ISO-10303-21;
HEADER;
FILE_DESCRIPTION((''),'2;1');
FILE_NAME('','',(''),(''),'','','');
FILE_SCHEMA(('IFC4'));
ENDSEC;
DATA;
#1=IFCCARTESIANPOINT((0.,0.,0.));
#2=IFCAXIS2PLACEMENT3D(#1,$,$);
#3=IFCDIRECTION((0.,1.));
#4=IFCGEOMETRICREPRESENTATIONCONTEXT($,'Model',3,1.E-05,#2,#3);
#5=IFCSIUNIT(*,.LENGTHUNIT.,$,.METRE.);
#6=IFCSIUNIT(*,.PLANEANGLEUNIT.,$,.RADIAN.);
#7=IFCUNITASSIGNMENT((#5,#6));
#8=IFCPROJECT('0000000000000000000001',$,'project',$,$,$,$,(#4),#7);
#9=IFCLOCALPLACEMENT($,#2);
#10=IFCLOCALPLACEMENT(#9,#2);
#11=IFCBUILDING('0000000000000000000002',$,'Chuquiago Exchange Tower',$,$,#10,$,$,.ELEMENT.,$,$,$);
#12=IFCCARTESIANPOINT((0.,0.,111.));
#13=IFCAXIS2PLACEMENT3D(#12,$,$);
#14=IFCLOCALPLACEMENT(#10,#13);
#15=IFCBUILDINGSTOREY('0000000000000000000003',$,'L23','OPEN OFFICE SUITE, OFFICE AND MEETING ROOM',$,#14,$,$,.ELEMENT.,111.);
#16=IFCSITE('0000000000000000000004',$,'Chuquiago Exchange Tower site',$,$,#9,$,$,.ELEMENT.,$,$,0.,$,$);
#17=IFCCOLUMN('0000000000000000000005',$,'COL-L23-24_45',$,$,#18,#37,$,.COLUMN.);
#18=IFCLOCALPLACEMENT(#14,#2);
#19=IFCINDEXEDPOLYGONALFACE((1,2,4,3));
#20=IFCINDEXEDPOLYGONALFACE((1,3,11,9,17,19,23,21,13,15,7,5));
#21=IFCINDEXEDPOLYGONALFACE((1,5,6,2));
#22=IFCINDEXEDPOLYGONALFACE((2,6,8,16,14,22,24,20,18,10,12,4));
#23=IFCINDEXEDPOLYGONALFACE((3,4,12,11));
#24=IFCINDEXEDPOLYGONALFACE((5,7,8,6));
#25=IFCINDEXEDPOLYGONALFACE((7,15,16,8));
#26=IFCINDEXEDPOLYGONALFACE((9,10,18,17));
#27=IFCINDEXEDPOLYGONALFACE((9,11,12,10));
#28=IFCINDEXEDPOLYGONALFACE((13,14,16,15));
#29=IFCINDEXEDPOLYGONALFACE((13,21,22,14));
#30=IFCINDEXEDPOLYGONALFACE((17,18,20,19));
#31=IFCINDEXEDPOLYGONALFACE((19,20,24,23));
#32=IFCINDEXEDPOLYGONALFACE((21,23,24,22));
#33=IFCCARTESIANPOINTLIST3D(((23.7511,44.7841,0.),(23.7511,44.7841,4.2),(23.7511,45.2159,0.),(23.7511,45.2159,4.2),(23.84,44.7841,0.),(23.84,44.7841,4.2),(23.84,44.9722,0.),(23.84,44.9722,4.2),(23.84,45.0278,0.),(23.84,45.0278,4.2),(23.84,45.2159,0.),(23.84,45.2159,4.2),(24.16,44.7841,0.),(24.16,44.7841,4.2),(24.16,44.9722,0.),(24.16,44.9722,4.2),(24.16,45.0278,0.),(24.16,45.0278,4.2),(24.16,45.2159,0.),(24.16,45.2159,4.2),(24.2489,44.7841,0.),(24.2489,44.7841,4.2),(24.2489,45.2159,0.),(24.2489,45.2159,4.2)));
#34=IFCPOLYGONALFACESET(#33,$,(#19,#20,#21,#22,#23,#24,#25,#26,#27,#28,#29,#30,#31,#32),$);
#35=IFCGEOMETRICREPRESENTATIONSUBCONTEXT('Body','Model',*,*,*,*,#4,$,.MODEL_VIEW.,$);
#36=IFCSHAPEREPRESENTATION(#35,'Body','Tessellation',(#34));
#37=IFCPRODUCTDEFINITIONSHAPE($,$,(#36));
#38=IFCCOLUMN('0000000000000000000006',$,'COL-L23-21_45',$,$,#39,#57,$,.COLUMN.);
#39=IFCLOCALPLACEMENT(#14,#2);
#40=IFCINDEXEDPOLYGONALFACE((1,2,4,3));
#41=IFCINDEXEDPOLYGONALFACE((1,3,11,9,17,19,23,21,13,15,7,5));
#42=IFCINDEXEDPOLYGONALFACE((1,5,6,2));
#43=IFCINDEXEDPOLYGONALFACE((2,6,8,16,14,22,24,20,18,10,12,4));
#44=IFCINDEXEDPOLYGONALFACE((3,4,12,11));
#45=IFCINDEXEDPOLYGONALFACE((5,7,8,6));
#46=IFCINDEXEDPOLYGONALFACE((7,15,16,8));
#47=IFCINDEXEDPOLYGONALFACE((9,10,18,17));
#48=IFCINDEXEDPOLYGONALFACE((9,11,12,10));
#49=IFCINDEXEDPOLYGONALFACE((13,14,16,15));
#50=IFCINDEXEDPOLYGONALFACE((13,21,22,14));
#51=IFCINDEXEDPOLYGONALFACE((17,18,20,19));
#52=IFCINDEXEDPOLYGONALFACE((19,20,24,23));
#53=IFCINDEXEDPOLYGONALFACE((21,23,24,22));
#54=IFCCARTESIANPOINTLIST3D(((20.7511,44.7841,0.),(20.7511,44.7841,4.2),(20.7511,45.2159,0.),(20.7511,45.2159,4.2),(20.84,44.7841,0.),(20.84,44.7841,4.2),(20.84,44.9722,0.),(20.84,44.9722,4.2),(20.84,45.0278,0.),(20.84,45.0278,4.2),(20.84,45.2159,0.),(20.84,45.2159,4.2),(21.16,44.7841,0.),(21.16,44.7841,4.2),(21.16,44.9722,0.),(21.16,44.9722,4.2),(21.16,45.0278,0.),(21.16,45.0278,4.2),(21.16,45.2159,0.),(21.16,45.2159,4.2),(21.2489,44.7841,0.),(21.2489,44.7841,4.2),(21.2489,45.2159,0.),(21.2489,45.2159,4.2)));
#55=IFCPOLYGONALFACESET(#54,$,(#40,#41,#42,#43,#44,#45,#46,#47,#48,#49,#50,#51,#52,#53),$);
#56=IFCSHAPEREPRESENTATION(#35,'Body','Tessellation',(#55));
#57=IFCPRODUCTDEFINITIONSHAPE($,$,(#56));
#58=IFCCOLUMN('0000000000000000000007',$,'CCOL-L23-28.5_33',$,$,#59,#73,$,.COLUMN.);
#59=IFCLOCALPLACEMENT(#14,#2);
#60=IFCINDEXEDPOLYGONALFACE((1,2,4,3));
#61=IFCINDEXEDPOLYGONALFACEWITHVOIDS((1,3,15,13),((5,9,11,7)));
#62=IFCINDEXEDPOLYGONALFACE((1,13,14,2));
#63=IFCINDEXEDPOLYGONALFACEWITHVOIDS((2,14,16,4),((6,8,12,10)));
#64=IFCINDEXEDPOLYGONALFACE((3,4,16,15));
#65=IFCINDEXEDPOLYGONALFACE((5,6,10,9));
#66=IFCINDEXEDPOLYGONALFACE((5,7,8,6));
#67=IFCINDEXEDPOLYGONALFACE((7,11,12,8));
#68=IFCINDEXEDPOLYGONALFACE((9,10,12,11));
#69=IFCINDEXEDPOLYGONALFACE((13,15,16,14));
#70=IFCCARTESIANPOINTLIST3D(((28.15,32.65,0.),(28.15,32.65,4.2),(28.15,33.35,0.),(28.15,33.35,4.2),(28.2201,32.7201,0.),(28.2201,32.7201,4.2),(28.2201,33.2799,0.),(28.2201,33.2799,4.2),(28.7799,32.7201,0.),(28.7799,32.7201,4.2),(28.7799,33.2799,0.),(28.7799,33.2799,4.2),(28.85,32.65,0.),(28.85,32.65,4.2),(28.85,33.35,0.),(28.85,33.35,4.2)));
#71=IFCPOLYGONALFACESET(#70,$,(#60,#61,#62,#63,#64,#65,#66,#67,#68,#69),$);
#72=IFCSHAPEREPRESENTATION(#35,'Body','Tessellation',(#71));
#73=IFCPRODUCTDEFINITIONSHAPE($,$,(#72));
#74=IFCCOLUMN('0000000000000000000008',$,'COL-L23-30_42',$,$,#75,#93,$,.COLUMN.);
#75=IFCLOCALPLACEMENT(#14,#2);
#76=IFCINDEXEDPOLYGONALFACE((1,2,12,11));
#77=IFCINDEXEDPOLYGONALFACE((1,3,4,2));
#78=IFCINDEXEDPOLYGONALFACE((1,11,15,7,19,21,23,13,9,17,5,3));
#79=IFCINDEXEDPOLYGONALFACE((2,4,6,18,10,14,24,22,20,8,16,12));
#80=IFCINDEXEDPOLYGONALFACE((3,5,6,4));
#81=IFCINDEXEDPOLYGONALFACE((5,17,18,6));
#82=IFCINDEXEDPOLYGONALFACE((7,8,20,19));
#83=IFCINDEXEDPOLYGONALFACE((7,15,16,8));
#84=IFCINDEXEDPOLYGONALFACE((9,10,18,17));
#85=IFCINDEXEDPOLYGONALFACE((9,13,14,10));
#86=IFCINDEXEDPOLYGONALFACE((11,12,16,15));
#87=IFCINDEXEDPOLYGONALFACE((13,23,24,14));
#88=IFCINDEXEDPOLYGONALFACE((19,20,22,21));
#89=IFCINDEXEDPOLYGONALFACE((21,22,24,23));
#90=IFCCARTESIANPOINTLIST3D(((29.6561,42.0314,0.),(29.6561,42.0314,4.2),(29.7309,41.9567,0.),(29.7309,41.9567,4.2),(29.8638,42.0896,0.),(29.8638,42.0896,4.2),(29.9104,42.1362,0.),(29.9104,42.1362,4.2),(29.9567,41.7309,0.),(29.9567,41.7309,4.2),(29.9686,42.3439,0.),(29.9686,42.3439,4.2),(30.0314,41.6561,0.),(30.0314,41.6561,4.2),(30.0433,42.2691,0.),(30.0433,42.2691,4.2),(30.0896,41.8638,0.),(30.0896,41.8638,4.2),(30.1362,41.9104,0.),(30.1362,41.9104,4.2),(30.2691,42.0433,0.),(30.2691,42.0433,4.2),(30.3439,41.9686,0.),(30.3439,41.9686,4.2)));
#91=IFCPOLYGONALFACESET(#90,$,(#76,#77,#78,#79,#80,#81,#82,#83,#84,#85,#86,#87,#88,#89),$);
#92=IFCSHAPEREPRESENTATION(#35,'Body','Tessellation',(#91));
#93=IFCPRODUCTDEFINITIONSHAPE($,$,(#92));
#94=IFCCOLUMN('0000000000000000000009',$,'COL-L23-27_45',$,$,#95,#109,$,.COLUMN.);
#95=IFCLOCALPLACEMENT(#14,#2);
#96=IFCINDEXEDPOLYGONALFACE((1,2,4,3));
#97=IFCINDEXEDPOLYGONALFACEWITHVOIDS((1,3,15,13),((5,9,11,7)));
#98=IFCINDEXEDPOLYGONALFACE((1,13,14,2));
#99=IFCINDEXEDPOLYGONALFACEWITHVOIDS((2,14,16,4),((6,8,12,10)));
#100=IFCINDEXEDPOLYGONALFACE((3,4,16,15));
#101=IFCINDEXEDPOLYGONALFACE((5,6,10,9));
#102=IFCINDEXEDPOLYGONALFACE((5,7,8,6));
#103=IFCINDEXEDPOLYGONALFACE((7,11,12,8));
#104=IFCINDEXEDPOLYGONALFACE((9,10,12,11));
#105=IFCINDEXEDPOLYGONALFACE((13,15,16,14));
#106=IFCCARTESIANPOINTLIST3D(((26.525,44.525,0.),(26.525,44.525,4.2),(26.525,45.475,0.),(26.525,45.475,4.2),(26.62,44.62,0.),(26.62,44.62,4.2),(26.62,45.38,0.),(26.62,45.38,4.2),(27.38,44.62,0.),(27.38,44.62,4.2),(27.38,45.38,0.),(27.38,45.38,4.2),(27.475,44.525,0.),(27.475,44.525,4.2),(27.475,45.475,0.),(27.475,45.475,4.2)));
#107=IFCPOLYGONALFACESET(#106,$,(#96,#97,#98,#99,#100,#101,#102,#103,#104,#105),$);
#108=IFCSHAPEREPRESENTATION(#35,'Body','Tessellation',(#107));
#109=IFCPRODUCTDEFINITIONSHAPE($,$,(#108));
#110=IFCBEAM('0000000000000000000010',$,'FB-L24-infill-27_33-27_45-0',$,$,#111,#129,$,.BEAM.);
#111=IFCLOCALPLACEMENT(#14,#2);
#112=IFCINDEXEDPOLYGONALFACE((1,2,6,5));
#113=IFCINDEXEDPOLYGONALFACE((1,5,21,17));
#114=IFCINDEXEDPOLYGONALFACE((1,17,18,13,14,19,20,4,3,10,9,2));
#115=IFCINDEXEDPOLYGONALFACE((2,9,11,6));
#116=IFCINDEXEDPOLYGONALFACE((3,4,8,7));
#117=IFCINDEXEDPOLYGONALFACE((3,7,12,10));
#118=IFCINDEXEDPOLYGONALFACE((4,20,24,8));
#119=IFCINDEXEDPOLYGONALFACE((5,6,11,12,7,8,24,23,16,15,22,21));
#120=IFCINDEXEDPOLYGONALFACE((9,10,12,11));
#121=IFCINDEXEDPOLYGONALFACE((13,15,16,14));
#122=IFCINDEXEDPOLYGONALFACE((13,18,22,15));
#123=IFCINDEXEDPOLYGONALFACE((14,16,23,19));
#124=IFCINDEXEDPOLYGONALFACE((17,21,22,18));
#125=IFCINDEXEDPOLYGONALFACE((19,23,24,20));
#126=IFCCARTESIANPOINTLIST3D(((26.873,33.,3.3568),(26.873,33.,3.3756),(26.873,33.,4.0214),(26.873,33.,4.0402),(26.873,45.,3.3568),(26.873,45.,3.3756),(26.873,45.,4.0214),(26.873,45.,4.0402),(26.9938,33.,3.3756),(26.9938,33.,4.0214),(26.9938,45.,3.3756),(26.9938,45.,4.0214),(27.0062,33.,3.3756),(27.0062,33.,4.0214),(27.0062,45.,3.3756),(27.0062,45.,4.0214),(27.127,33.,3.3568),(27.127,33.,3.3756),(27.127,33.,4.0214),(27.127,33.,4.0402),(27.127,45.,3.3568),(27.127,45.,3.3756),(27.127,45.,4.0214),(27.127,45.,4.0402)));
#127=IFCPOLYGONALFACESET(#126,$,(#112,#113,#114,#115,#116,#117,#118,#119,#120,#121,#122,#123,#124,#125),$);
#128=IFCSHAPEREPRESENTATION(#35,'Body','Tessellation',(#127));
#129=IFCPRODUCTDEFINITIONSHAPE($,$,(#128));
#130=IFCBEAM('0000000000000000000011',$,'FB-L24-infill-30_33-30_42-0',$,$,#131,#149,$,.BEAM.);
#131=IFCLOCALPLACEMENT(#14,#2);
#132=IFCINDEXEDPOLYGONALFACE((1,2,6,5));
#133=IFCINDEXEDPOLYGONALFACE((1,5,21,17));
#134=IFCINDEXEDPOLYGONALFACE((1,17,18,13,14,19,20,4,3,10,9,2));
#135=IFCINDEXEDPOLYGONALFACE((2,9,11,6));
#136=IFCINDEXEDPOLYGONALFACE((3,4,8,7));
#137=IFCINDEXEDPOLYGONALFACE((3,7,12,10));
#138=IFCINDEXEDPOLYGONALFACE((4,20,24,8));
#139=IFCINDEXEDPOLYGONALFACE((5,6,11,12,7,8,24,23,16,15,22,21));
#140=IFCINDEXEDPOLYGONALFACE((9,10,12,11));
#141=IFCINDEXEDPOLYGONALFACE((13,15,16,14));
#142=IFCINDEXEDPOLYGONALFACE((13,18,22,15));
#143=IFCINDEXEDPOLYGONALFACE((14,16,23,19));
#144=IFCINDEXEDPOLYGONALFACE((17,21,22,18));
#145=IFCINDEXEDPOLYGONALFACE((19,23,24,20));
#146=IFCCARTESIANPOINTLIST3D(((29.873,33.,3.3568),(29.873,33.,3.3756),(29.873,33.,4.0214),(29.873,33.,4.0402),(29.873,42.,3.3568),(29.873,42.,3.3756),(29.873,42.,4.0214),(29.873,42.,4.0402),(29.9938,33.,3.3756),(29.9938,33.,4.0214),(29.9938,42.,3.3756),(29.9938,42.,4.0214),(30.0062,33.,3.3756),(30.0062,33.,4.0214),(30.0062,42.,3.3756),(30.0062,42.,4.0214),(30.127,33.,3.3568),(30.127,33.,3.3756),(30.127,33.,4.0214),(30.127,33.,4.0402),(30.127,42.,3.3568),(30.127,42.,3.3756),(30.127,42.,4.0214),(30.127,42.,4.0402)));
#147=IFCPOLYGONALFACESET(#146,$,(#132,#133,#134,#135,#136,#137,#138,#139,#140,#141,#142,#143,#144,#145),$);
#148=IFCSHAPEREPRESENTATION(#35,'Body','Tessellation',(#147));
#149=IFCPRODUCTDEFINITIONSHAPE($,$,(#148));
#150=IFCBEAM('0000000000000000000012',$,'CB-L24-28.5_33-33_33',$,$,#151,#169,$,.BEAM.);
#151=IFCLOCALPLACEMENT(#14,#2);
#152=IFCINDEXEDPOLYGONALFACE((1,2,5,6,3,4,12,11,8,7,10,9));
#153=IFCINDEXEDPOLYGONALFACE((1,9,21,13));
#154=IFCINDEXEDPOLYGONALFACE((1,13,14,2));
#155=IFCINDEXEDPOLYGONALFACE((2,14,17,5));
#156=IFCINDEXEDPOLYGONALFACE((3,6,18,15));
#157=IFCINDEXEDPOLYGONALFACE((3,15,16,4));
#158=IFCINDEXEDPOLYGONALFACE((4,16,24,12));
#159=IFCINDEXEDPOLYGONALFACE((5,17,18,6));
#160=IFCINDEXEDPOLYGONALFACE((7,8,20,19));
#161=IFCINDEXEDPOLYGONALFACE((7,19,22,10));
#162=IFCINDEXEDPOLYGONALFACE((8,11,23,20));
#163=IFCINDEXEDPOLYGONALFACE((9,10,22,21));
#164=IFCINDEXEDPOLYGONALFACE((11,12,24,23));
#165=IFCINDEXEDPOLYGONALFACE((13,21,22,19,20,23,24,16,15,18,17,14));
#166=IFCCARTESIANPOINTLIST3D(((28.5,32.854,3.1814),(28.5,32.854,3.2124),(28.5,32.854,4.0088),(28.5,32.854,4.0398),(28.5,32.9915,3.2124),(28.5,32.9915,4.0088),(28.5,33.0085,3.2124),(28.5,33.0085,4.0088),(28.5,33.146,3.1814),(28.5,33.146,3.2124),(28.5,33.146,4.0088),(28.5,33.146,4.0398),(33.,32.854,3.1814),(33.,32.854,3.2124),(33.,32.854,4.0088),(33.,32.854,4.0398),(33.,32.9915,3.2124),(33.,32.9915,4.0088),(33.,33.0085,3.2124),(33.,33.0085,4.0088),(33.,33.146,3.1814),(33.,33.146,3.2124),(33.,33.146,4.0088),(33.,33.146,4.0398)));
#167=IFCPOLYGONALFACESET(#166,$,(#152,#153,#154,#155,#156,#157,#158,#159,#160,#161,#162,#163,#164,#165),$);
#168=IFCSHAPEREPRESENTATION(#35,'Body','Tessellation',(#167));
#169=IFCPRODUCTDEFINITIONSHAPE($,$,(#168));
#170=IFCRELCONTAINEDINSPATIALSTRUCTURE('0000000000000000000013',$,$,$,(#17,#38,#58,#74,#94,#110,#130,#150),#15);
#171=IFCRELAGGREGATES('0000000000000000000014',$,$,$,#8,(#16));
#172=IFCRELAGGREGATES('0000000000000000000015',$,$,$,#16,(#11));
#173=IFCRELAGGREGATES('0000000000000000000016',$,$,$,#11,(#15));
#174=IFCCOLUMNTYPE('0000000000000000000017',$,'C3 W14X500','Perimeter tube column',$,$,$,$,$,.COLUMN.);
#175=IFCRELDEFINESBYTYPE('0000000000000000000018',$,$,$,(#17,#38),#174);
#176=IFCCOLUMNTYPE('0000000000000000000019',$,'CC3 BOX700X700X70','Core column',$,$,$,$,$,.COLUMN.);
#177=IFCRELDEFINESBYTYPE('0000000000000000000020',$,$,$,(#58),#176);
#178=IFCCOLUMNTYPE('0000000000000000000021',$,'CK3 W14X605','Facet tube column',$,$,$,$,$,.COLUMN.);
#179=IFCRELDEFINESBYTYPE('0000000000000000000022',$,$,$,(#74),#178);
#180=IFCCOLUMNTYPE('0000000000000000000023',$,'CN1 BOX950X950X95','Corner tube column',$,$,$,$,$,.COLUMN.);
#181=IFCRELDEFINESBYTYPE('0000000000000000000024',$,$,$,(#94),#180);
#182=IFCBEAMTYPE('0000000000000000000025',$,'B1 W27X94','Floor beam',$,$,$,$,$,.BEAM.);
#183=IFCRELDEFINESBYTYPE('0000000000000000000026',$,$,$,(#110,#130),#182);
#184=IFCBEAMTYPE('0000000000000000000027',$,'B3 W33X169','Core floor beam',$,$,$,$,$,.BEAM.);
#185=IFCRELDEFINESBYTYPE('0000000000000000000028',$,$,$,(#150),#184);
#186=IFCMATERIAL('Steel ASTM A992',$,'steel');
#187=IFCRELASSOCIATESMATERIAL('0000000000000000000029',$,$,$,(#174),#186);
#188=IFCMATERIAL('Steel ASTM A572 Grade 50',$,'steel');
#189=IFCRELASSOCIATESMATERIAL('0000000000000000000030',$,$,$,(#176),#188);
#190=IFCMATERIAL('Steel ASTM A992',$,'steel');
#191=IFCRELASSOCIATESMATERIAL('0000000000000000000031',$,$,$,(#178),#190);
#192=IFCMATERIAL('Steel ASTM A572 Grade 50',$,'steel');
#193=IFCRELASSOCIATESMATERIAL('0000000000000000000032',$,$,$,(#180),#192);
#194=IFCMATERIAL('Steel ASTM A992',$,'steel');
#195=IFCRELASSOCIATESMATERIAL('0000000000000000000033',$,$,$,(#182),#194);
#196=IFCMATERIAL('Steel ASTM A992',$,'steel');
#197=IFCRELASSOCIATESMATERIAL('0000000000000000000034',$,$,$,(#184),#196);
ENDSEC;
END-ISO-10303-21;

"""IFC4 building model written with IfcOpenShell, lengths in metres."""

from ifc_helpers import new_model, si_unit, direction, frame, origin, origin_2d, place, context, subcontext, project, spatial, hollow_rectangle, i_section, extrude, material, material_profile, profile_set, type_object, element, save


model = new_model("IFC4")

# Units and contexts
model_context = context("Model", 3, precision=1e-05, world=origin(), true_north=direction((0.0, 1.0)))
body_context = subcontext(model_context, "Body", "Model", "MODEL_VIEW")
ifc_project = project(units=[si_unit("LENGTHUNIT", "METRE"), si_unit("PLANEANGLEUNIT", "RADIAN")], contexts=[model_context])

# Site, building, storey
site_placement = place(None, origin())
site = spatial("IfcSite", under=ifc_project, at=site_placement, Name="Chuquiago Exchange Tower site", CompositionType="ELEMENT", RefElevation=0.0)
building_placement = place(site_placement, origin())
building = spatial("IfcBuilding", under=site, at=building_placement, Name="Chuquiago Exchange Tower", CompositionType="ELEMENT")
storey_placement = place(building_placement, frame((0.0, 0.0, 111.0)))
storey = spatial("IfcBuildingStorey", under=building, at=storey_placement, Name="L23", Description="OPEN OFFICE SUITE, OFFICE AND MEETING ROOM", CompositionType="ELEMENT", Elevation=111.0)

# Columns
ifc_material_1 = material(Name="Steel ASTM A992", Category="steel")
ifc_material_profile_1 = material_profile(ifc_material_1, i_section(OverallWidth=0.4319, OverallDepth=0.4978, WebThickness=0.0557, FlangeThickness=0.0889, at=origin_2d()), Name="W14X500")
ifc_profile_set_1 = profile_set([ifc_material_profile_1], Name="Steel ASTM A992")
column_type_1 = type_object("IfcColumnType", Name="C3 W14X500", Description="Perimeter tube column", PredefinedType="COLUMN", material=ifc_profile_set_1)
for number, where, z_axis, x_axis, name in (
    (1, (24.0, 45.0, 0.0), (0.0, 0.0, 1.0), (0.0, 1.0, 0.0), "COL-L23-24_45"),
    (2, (21.0, 45.0, 0.0), (0.0, 0.0, 1.0), (0.0, 1.0, 0.0), "COL-L23-21_45"),
):
    element("IfcColumn", number, at=place(storey_placement, frame(where, z_axis=z_axis, x_axis=x_axis)), inside=storey, type_object=column_type_1, Name=name, PredefinedType="COLUMN", context=body_context, shape_type="SweptSolid", body=[
        extrude(i_section(OverallWidth=0.4319, OverallDepth=0.4978, WebThickness=0.0557, FlangeThickness=0.0889, at=origin_2d()), origin(), (0.0, 0.0, 1.0), 4.2),
    ])
ifc_material_2 = material(Name="Steel ASTM A572 Grade 50", Category="steel")
ifc_material_profile_2 = material_profile(ifc_material_2, hollow_rectangle(XDim=0.7, YDim=0.7, WallThickness=0.0701, at=origin_2d()), Name="BOX700X700X70")
ifc_profile_set_2 = profile_set([ifc_material_profile_2], Name="Steel ASTM A572 Grade 50")
column_type_2 = type_object("IfcColumnType", Name="CC3 BOX700X700X70", Description="Core column", PredefinedType="COLUMN", material=ifc_profile_set_2)
column_1_placement = place(storey_placement, frame((28.5, 33.0, 0.0), z_axis=(0.0, 0.0, 1.0), x_axis=(1.0, 0.0, 0.0)))
element("IfcColumn", 3, at=column_1_placement, inside=storey, type_object=column_type_2, Name="CCOL-L23-28.5_33", PredefinedType="COLUMN", context=body_context, shape_type="SweptSolid", body=[
    extrude(hollow_rectangle(XDim=0.7, YDim=0.7, WallThickness=0.0701, at=origin_2d()), origin(), (0.0, 0.0, 1.0), 4.2),
])
ifc_material_3 = material(Name="Steel ASTM A992", Category="steel")
ifc_material_profile_3 = material_profile(ifc_material_3, i_section(OverallWidth=0.4419, OverallDepth=0.5308, WebThickness=0.0659, FlangeThickness=0.1057, at=origin_2d()), Name="W14X605")
ifc_profile_set_3 = profile_set([ifc_material_profile_3], Name="Steel ASTM A992")
column_type_3 = type_object("IfcColumnType", Name="CK3 W14X605", Description="Facet tube column", PredefinedType="COLUMN", material=ifc_profile_set_3)
column_2_placement = place(storey_placement, frame((30.0, 42.0, 0.0), z_axis=(0.0, 0.0, 1.0), x_axis=(0.707107, 0.707107, 0.0)))
element("IfcColumn", 4, at=column_2_placement, inside=storey, type_object=column_type_3, Name="COL-L23-30_42", PredefinedType="COLUMN", context=body_context, shape_type="SweptSolid", body=[
    extrude(i_section(OverallWidth=0.4419, OverallDepth=0.5308, WebThickness=0.0659, FlangeThickness=0.1057, at=origin_2d()), origin(), (0.0, 0.0, 1.0), 4.2),
])
ifc_material_4 = material(Name="Steel ASTM A572 Grade 50", Category="steel")
ifc_material_profile_4 = material_profile(ifc_material_4, hollow_rectangle(XDim=0.95, YDim=0.95, WallThickness=0.095, at=origin_2d()), Name="BOX950X950X95")
ifc_profile_set_4 = profile_set([ifc_material_profile_4], Name="Steel ASTM A572 Grade 50")
column_type_4 = type_object("IfcColumnType", Name="CN1 BOX950X950X95", Description="Corner tube column", PredefinedType="COLUMN", material=ifc_profile_set_4)
column_3_placement = place(storey_placement, frame((27.0, 45.0, 0.0), z_axis=(0.0, 0.0, 1.0), x_axis=(0.0, 1.0, 0.0)))
element("IfcColumn", 5, at=column_3_placement, inside=storey, type_object=column_type_4, Name="COL-L23-27_45", PredefinedType="COLUMN", context=body_context, shape_type="SweptSolid", body=[
    extrude(hollow_rectangle(XDim=0.95, YDim=0.95, WallThickness=0.095, at=origin_2d()), origin(), (0.0, 0.0, 1.0), 4.2),
])

# Beams
ifc_material_5 = material(Name="Steel ASTM A992", Category="steel")
ifc_material_profile_5 = material_profile(ifc_material_5, i_section(OverallWidth=0.2539, OverallDepth=0.6833, WebThickness=0.0125, FlangeThickness=0.0188, at=origin_2d()), Name="W27X94")
ifc_profile_set_5 = profile_set([ifc_material_profile_5], Name="Steel ASTM A992")
beam_type_1 = type_object("IfcBeamType", Name="B1 W27X94", Description="Floor beam", PredefinedType="BEAM", material=ifc_profile_set_5)
beam_1_placement = place(storey_placement, frame((27.0, 33.0, 3.6985), z_axis=(0.0, 1.0, 0.0), x_axis=(-1.0, 0.0, 0.0)))
element("IfcBeam", 6, at=beam_1_placement, inside=storey, type_object=beam_type_1, Name="FB-L24-infill-27_33-27_45-0", PredefinedType="BEAM", context=body_context, shape_type="SweptSolid", body=[
    extrude(i_section(OverallWidth=0.2539, OverallDepth=0.6833, WebThickness=0.0125, FlangeThickness=0.0188, at=origin_2d()), origin(), (0.0, 0.0, 1.0), 12.0),
])
beam_2_placement = place(storey_placement, frame((30.0, 33.0, 3.6985), z_axis=(0.0, 1.0, 0.0), x_axis=(-1.0, 0.0, 0.0)))
element("IfcBeam", 7, at=beam_2_placement, inside=storey, type_object=beam_type_1, Name="FB-L24-infill-30_33-30_42-0", PredefinedType="BEAM", context=body_context, shape_type="SweptSolid", body=[
    extrude(i_section(OverallWidth=0.2539, OverallDepth=0.6833, WebThickness=0.0125, FlangeThickness=0.0188, at=origin_2d()), origin(), (0.0, 0.0, 1.0), 9.0),
])
ifc_material_6 = material(Name="Steel ASTM A992", Category="steel")
ifc_material_profile_6 = material_profile(ifc_material_6, i_section(OverallWidth=0.292, OverallDepth=0.8584, WebThickness=0.0171, FlangeThickness=0.031, at=origin_2d()), Name="W33X169")
ifc_profile_set_6 = profile_set([ifc_material_profile_6], Name="Steel ASTM A992")
beam_type_2 = type_object("IfcBeamType", Name="B3 W33X169", Description="Core floor beam", PredefinedType="BEAM", material=ifc_profile_set_6)
beam_3_placement = place(storey_placement, frame((28.5, 33.0, 3.6106), z_axis=(1.0, 0.0, 0.0), x_axis=(0.0, 1.0, 0.0)))
element("IfcBeam", 8, at=beam_3_placement, inside=storey, type_object=beam_type_2, Name="CB-L24-28.5_33-33_33", PredefinedType="BEAM", context=body_context, shape_type="SweptSolid", body=[
    extrude(i_section(OverallWidth=0.292, OverallDepth=0.8584, WebThickness=0.0171, FlangeThickness=0.031, at=origin_2d()), origin(), (0.0, 0.0, 1.0), 4.5),
])

save(model, "model.ifc")
